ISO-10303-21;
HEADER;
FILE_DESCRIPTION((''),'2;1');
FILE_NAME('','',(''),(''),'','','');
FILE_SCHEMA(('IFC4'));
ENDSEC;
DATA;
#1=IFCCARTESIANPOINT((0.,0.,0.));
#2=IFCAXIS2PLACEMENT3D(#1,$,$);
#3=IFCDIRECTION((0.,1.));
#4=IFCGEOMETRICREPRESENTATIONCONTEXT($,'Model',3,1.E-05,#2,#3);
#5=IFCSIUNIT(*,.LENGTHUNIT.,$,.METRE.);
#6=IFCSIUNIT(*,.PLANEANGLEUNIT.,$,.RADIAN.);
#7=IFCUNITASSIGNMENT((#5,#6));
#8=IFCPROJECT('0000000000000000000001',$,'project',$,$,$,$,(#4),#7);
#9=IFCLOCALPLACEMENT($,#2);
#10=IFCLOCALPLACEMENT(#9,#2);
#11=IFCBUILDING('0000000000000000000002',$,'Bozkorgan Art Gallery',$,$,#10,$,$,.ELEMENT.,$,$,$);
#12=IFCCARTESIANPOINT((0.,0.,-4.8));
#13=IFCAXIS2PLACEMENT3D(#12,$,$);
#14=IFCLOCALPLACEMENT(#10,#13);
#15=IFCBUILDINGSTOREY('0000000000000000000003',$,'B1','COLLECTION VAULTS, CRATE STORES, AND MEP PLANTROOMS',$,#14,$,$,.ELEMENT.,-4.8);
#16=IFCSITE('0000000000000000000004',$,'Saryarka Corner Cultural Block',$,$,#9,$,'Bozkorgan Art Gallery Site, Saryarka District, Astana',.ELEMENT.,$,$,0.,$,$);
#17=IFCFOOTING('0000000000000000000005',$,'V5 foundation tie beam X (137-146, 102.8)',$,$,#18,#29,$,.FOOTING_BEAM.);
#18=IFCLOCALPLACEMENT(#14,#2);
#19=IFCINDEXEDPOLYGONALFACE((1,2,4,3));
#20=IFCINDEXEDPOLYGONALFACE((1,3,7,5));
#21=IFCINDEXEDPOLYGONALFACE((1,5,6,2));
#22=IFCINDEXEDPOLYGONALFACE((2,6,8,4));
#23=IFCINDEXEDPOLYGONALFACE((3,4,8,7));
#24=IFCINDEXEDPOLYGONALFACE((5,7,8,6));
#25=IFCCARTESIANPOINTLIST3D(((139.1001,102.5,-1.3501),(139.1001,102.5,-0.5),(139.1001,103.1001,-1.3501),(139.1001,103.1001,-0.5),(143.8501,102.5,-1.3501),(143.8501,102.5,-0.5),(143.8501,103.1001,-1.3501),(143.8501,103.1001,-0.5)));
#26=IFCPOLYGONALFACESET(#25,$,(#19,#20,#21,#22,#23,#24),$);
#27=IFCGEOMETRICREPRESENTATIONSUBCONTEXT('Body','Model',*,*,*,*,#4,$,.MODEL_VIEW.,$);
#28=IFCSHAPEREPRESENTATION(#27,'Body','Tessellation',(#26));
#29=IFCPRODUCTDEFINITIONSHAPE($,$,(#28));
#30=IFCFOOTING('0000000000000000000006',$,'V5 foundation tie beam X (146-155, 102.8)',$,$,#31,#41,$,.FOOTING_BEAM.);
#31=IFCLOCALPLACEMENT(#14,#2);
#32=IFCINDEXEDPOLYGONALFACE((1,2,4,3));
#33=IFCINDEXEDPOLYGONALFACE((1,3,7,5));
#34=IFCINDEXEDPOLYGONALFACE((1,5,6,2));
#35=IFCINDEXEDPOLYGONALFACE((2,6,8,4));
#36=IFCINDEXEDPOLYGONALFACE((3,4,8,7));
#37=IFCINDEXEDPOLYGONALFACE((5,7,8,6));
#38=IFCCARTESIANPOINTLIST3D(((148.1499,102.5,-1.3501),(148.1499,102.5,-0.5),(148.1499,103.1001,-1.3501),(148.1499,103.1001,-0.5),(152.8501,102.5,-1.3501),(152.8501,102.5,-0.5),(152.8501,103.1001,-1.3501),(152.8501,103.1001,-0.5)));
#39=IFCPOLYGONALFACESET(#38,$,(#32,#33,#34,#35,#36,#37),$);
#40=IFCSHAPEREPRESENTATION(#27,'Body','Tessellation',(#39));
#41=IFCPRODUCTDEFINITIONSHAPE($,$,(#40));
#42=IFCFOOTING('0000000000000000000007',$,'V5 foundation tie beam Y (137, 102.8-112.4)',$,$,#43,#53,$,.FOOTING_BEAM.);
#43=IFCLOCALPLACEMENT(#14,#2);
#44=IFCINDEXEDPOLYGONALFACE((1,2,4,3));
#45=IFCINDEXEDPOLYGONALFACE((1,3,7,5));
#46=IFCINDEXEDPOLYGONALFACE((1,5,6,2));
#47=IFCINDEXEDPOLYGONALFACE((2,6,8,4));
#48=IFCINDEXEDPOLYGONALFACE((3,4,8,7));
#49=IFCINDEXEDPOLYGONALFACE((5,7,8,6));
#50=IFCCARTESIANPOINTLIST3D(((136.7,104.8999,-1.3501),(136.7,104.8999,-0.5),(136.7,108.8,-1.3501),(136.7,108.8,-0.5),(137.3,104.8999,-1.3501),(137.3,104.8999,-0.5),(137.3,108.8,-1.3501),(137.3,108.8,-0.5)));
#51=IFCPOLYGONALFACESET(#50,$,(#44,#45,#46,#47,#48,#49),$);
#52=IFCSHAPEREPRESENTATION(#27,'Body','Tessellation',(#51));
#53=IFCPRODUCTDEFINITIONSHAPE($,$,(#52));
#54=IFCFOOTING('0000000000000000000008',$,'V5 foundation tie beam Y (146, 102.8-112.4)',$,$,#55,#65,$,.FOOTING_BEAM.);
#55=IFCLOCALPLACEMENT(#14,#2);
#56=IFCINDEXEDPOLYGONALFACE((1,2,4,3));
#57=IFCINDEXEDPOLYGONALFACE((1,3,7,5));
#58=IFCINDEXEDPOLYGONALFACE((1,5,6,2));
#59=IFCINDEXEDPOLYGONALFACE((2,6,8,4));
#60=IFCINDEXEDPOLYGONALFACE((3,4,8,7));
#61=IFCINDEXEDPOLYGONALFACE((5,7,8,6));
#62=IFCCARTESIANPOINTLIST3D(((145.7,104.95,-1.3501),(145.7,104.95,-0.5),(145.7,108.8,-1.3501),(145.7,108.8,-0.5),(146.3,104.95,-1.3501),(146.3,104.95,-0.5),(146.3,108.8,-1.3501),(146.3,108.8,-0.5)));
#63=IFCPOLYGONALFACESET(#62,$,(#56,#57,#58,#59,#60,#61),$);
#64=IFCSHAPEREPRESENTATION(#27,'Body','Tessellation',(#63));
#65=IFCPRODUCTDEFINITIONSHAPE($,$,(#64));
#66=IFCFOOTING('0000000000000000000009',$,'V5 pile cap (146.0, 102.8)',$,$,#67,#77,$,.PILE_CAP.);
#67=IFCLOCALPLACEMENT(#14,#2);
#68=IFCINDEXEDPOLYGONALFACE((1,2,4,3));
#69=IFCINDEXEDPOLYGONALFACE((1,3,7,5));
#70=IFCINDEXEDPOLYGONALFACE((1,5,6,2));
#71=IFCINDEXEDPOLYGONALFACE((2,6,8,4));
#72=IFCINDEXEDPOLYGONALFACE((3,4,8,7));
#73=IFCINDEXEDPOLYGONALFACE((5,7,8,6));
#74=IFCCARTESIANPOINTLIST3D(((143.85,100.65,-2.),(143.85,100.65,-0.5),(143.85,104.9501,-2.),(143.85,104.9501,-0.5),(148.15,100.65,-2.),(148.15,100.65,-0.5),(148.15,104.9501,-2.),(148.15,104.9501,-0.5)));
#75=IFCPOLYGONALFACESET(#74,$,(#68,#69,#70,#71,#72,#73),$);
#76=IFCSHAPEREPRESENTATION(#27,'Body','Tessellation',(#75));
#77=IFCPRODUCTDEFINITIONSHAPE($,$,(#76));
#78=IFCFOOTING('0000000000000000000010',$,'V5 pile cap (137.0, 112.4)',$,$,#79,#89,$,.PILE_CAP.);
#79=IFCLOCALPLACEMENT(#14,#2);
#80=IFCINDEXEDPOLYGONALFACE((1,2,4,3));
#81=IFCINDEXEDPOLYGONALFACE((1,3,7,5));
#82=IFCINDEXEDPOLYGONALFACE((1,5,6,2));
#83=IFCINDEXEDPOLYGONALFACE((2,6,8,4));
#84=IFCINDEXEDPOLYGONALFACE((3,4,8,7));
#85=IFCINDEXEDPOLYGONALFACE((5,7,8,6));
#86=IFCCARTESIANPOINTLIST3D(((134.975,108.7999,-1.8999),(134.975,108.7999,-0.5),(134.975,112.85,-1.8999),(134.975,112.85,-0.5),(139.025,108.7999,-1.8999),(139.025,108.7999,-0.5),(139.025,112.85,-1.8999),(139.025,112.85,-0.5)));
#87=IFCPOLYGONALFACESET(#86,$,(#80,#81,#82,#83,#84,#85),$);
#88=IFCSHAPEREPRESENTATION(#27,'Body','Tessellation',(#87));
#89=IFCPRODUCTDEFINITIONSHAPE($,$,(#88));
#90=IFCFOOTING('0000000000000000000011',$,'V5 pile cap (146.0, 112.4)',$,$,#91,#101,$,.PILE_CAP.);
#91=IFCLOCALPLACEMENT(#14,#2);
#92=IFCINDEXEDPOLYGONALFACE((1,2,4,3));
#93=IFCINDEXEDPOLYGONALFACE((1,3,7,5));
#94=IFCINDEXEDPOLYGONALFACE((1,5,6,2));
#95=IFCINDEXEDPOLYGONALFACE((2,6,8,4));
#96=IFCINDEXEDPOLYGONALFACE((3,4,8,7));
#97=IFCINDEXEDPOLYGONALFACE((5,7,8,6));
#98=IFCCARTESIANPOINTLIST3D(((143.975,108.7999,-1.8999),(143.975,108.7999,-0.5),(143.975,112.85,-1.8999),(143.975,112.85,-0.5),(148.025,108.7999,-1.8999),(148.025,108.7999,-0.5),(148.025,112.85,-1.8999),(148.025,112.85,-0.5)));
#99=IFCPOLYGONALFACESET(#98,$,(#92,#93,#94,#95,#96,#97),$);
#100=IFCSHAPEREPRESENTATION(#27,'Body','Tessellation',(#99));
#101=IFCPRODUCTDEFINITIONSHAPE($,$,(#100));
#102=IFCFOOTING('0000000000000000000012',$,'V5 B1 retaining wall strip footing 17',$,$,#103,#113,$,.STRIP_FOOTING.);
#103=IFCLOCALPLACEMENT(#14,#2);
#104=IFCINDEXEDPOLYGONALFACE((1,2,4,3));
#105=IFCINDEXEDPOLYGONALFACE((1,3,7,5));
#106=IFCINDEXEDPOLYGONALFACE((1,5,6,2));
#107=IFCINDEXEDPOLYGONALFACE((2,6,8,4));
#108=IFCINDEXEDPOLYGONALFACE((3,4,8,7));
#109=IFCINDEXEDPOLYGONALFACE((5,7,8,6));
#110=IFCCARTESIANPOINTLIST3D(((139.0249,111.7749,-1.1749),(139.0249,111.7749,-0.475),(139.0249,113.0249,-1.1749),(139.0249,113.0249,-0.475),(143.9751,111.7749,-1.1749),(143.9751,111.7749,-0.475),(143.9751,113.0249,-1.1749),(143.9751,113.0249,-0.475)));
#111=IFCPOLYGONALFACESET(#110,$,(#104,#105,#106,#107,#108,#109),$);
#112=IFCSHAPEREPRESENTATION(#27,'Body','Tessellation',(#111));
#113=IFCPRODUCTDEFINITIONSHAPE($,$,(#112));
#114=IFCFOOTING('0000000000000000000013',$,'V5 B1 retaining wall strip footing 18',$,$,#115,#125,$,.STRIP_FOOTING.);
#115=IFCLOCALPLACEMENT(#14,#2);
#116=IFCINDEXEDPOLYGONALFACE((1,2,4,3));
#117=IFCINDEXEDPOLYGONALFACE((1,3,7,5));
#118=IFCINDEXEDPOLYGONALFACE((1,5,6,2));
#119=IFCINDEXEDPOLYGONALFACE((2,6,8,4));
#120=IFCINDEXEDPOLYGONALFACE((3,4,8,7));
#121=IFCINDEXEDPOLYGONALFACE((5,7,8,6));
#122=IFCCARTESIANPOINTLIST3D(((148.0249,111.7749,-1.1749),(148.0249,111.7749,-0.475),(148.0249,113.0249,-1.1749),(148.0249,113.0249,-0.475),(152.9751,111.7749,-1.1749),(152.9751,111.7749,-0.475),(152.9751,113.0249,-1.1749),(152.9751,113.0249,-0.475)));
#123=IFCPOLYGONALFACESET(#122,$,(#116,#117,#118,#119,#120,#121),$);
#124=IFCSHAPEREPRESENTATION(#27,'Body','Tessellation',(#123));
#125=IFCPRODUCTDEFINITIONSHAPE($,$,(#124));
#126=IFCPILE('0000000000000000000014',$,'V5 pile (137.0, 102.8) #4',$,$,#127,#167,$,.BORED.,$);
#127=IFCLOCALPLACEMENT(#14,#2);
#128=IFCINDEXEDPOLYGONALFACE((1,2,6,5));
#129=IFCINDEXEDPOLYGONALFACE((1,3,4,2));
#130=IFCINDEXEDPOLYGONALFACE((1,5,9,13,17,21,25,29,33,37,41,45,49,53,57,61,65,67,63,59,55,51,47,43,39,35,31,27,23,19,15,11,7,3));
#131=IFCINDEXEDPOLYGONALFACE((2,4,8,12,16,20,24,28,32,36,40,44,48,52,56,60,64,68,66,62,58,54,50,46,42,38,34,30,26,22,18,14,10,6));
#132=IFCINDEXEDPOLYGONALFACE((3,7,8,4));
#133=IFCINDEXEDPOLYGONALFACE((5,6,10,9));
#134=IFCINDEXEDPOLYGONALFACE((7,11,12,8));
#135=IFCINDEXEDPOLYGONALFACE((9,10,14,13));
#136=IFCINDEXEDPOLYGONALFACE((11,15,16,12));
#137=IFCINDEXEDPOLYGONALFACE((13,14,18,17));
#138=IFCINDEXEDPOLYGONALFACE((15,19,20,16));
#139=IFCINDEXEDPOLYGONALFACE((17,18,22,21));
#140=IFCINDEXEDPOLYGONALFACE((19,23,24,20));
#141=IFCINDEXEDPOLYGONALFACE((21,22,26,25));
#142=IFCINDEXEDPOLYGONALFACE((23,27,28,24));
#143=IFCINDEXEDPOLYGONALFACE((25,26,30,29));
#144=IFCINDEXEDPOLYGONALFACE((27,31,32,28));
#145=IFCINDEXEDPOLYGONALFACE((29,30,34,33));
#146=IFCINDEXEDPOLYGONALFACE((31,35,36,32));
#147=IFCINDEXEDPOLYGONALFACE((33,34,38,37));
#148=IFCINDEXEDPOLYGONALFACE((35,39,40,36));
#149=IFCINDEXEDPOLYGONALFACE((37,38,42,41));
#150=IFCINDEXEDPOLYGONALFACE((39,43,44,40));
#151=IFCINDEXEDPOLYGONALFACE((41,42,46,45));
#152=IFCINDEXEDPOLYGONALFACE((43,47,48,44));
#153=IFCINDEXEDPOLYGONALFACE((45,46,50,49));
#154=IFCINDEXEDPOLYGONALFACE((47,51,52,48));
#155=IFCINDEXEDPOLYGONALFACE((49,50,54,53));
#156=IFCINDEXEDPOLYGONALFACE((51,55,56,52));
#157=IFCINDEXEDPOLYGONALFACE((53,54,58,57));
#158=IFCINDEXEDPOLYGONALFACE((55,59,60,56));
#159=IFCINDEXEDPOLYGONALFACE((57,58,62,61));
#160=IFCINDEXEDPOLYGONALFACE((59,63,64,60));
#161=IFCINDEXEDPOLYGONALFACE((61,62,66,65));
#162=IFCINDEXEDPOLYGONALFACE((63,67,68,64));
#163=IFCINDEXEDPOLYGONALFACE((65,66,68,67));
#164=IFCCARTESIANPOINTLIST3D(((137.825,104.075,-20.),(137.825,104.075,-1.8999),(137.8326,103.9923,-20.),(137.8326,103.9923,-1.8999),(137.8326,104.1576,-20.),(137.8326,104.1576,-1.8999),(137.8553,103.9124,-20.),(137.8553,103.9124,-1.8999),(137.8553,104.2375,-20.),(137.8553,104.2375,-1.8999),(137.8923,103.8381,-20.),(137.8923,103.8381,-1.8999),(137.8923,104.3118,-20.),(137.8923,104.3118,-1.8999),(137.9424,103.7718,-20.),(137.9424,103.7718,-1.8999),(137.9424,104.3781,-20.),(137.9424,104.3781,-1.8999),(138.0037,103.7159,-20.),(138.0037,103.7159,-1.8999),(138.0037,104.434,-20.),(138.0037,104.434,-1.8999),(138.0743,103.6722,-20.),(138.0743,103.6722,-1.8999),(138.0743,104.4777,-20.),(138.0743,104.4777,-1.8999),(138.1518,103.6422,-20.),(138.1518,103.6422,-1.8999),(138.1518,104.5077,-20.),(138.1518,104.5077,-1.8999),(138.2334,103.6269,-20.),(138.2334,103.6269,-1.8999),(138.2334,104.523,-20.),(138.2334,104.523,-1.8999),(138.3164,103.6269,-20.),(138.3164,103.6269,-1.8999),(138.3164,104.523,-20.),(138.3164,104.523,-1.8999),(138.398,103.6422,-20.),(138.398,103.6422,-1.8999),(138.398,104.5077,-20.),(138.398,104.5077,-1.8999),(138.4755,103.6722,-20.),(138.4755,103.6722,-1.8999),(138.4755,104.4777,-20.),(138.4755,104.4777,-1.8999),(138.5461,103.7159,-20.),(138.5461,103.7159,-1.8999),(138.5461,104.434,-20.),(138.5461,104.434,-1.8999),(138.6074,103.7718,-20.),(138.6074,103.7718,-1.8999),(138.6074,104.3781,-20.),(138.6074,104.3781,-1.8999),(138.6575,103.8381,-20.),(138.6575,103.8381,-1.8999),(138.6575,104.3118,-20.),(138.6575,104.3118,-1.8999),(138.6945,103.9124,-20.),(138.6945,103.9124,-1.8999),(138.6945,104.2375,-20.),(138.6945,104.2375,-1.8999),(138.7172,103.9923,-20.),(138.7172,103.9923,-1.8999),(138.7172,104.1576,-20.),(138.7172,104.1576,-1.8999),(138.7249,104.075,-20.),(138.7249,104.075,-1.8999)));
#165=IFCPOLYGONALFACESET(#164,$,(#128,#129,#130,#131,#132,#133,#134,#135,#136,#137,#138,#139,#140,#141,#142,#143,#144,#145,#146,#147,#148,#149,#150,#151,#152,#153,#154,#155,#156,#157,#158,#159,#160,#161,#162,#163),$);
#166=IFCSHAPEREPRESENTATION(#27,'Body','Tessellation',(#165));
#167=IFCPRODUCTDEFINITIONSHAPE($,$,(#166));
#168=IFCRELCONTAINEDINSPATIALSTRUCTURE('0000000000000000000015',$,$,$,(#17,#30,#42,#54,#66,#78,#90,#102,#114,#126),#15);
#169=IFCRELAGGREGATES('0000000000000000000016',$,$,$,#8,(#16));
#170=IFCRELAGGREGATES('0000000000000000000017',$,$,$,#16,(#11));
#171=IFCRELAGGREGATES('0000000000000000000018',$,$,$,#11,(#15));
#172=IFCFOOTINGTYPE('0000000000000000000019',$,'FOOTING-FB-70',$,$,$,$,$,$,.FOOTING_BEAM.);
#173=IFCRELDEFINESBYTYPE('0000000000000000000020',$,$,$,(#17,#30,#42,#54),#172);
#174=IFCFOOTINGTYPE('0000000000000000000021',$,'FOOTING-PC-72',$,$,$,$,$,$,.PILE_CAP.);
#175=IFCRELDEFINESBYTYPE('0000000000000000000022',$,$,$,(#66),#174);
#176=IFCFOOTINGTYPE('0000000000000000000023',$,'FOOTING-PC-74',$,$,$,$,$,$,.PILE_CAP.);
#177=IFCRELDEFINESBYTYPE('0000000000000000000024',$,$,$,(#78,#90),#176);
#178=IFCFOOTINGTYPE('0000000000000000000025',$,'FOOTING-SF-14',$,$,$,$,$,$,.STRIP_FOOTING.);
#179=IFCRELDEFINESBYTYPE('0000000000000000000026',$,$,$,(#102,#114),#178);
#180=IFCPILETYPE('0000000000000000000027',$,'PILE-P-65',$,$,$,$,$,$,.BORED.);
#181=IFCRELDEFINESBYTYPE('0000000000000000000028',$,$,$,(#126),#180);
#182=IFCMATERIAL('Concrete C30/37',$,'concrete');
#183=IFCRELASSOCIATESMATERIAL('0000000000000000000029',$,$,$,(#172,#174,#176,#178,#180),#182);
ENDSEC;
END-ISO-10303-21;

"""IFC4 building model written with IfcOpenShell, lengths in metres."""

from ifc_helpers import new_model, si_unit, direction, frame, origin, origin_2d, place, context, subcontext, project, spatial, rectangle, circle, extrude, material, material_profile, profile_set, type_object, element, save


model = new_model("IFC4")

# Units and contexts
model_context = context("Model", 3, precision=1e-05, world=origin(), true_north=direction((0.0, 1.0)))
body_context = subcontext(model_context, "Body", "Model", "MODEL_VIEW")
ifc_project = project(units=[si_unit("LENGTHUNIT", "METRE"), si_unit("PLANEANGLEUNIT", "RADIAN")], contexts=[model_context])

# Site, building, storey
site_placement = place(None, origin())
site = spatial("IfcSite", under=ifc_project, at=site_placement, Name="Saryarka Corner Cultural Block", LongName="Bozkorgan Art Gallery Site, Saryarka District, Astana", CompositionType="ELEMENT", RefElevation=0.0)
building_placement = place(site_placement, origin())
building = spatial("IfcBuilding", under=site, at=building_placement, Name="Bozkorgan Art Gallery", CompositionType="ELEMENT")
storey_placement = place(building_placement, frame((0.0, 0.0, -4.8)))
storey = spatial("IfcBuildingStorey", under=building, at=storey_placement, Name="B1", Description="COLLECTION VAULTS, CRATE STORES, AND MEP PLANTROOMS", CompositionType="ELEMENT", Elevation=-4.8)

# Footings
ifc_material_1 = material(Name="Concrete C30/37", Category="concrete")
ifc_material_profile_1 = material_profile(ifc_material_1, rectangle(XDim=0.6001, YDim=0.8501, at=origin_2d()), Name="FND 600x850")
ifc_profile_set_1 = profile_set([ifc_material_profile_1], Name="Concrete C30/37")
footing_type_1 = type_object("IfcFootingType", Name="FOOTING-FB-70", PredefinedType="FOOTING_BEAM", material=ifc_profile_set_1)
footing_1_placement = place(storey_placement, frame((139.1001, 102.8, -0.925), z_axis=(1.0, 0.0, 0.0), x_axis=(0.0, 1.0, 0.0)))
element("IfcFooting", 1, at=footing_1_placement, inside=storey, type_object=footing_type_1, Name="V5 foundation tie beam X (137-146, 102.8)", PredefinedType="FOOTING_BEAM", context=body_context, shape_type="SweptSolid", body=[
    extrude(rectangle(XDim=0.6001, YDim=0.8501, at=origin_2d()), origin(), (0.0, 0.0, 1.0), 4.75),
])
footing_2_placement = place(storey_placement, frame((148.1499, 102.8, -0.925), z_axis=(1.0, 0.0, 0.0), x_axis=(0.0, 1.0, 0.0)))
element("IfcFooting", 2, at=footing_2_placement, inside=storey, type_object=footing_type_1, Name="V5 foundation tie beam X (146-155, 102.8)", PredefinedType="FOOTING_BEAM", context=body_context, shape_type="SweptSolid", body=[
    extrude(rectangle(XDim=0.6001, YDim=0.8501, at=origin_2d()), origin(), (0.0, 0.0, 1.0), 4.7002),
])
footing_3_placement = place(storey_placement, frame((137.0, 104.8999, -0.925), z_axis=(0.0, 1.0, 0.0), x_axis=(-1.0, 0.0, 0.0)))
element("IfcFooting", 3, at=footing_3_placement, inside=storey, type_object=footing_type_1, Name="V5 foundation tie beam Y (137, 102.8-112.4)", PredefinedType="FOOTING_BEAM", context=body_context, shape_type="SweptSolid", body=[
    extrude(rectangle(XDim=0.6001, YDim=0.8501, at=origin_2d()), origin(), (0.0, 0.0, 1.0), 3.9001),
])
footing_4_placement = place(storey_placement, frame((146.0, 104.95, -0.925), z_axis=(0.0, 1.0, 0.0), x_axis=(-1.0, 0.0, 0.0)))
element("IfcFooting", 4, at=footing_4_placement, inside=storey, type_object=footing_type_1, Name="V5 foundation tie beam Y (146, 102.8-112.4)", PredefinedType="FOOTING_BEAM", context=body_context, shape_type="SweptSolid", body=[
    extrude(rectangle(XDim=0.6001, YDim=0.8501, at=origin_2d()), origin(), (0.0, 0.0, 1.0), 3.8501),
])
footing_type_2 = type_object("IfcFootingType", Name="FOOTING-PC-72", PredefinedType="PILE_CAP", material=ifc_material_1)
footing_5_placement = place(storey_placement, frame((146.0, 102.8, -2.0), z_axis=(0.0, 0.0, 1.0), x_axis=(1.0, 0.0, 0.0)))
element("IfcFooting", 5, at=footing_5_placement, inside=storey, type_object=footing_type_2, Name="V5 pile cap (146.0, 102.8)", PredefinedType="PILE_CAP", context=body_context, shape_type="SweptSolid", body=[
    extrude(rectangle(XDim=4.3, YDim=4.3, at=origin_2d()), origin(), (0.0, 0.0, 1.0), 1.5),
])
footing_type_3 = type_object("IfcFootingType", Name="FOOTING-PC-74", PredefinedType="PILE_CAP", material=ifc_material_1)
for number, where, z_axis, x_axis, name in (
    (6, (137.0, 110.825, -1.8999), (0.0, 0.0, 1.0), (1.0, 0.0, 0.0), "V5 pile cap (137.0, 112.4)"),
    (7, (146.0, 110.825, -1.8999), (0.0, 0.0, 1.0), (1.0, 0.0, 0.0), "V5 pile cap (146.0, 112.4)"),
):
    element("IfcFooting", number, at=place(storey_placement, frame(where, z_axis=z_axis, x_axis=x_axis)), inside=storey, type_object=footing_type_3, Name=name, PredefinedType="PILE_CAP", context=body_context, shape_type="SweptSolid", body=[
        extrude(rectangle(XDim=4.05, YDim=4.05, at=origin_2d()), origin(), (0.0, 0.0, 1.0), 1.3999),
    ])
ifc_material_profile_2 = material_profile(ifc_material_1, rectangle(XDim=1.25, YDim=0.7, at=origin_2d()), Name="FND 1250x700")
ifc_profile_set_2 = profile_set([ifc_material_profile_2], Name="Concrete C30/37")
footing_type_4 = type_object("IfcFootingType", Name="FOOTING-SF-14", PredefinedType="STRIP_FOOTING", material=ifc_profile_set_2)
for number, where, z_axis, x_axis, name in (
    (8, (139.0249, 112.3999, -0.825), (1.0, 0.0, 0.0), (0.0, 1.0, 0.0), "V5 B1 retaining wall strip footing 17"),
    (9, (148.0249, 112.3999, -0.825), (1.0, 0.0, 0.0), (0.0, 1.0, 0.0), "V5 B1 retaining wall strip footing 18"),
):
    element("IfcFooting", number, at=place(storey_placement, frame(where, z_axis=z_axis, x_axis=x_axis)), inside=storey, type_object=footing_type_4, Name=name, PredefinedType="STRIP_FOOTING", context=body_context, shape_type="SweptSolid", body=[
        extrude(rectangle(XDim=1.25, YDim=0.7, at=origin_2d()), origin(), (0.0, 0.0, 1.0), 4.9502),
    ])

# Pile
ifc_material_profile_3 = material_profile(ifc_material_1, circle(Radius=0.45, at=origin_2d()), Name="PILE D900")
ifc_profile_set_3 = profile_set([ifc_material_profile_3], Name="Concrete C30/37")
pile_type = type_object("IfcPileType", Name="PILE-P-65", PredefinedType="BORED", material=ifc_profile_set_3)
pile_placement = place(storey_placement, frame((138.2749, 104.075, -1.8999), z_axis=(0.0, 0.0, -1.0), x_axis=(1.0, 0.0, 0.0)))
element("IfcPile", 10, at=pile_placement, inside=storey, type_object=pile_type, Name="V5 pile (137.0, 102.8) #4", PredefinedType="BORED", context=body_context, shape_type="SweptSolid", body=[
    extrude(circle(Radius=0.45, at=origin_2d()), origin(), (0.0, 0.0, 1.0), 18.1001),
])

save(model, "model.ifc")
